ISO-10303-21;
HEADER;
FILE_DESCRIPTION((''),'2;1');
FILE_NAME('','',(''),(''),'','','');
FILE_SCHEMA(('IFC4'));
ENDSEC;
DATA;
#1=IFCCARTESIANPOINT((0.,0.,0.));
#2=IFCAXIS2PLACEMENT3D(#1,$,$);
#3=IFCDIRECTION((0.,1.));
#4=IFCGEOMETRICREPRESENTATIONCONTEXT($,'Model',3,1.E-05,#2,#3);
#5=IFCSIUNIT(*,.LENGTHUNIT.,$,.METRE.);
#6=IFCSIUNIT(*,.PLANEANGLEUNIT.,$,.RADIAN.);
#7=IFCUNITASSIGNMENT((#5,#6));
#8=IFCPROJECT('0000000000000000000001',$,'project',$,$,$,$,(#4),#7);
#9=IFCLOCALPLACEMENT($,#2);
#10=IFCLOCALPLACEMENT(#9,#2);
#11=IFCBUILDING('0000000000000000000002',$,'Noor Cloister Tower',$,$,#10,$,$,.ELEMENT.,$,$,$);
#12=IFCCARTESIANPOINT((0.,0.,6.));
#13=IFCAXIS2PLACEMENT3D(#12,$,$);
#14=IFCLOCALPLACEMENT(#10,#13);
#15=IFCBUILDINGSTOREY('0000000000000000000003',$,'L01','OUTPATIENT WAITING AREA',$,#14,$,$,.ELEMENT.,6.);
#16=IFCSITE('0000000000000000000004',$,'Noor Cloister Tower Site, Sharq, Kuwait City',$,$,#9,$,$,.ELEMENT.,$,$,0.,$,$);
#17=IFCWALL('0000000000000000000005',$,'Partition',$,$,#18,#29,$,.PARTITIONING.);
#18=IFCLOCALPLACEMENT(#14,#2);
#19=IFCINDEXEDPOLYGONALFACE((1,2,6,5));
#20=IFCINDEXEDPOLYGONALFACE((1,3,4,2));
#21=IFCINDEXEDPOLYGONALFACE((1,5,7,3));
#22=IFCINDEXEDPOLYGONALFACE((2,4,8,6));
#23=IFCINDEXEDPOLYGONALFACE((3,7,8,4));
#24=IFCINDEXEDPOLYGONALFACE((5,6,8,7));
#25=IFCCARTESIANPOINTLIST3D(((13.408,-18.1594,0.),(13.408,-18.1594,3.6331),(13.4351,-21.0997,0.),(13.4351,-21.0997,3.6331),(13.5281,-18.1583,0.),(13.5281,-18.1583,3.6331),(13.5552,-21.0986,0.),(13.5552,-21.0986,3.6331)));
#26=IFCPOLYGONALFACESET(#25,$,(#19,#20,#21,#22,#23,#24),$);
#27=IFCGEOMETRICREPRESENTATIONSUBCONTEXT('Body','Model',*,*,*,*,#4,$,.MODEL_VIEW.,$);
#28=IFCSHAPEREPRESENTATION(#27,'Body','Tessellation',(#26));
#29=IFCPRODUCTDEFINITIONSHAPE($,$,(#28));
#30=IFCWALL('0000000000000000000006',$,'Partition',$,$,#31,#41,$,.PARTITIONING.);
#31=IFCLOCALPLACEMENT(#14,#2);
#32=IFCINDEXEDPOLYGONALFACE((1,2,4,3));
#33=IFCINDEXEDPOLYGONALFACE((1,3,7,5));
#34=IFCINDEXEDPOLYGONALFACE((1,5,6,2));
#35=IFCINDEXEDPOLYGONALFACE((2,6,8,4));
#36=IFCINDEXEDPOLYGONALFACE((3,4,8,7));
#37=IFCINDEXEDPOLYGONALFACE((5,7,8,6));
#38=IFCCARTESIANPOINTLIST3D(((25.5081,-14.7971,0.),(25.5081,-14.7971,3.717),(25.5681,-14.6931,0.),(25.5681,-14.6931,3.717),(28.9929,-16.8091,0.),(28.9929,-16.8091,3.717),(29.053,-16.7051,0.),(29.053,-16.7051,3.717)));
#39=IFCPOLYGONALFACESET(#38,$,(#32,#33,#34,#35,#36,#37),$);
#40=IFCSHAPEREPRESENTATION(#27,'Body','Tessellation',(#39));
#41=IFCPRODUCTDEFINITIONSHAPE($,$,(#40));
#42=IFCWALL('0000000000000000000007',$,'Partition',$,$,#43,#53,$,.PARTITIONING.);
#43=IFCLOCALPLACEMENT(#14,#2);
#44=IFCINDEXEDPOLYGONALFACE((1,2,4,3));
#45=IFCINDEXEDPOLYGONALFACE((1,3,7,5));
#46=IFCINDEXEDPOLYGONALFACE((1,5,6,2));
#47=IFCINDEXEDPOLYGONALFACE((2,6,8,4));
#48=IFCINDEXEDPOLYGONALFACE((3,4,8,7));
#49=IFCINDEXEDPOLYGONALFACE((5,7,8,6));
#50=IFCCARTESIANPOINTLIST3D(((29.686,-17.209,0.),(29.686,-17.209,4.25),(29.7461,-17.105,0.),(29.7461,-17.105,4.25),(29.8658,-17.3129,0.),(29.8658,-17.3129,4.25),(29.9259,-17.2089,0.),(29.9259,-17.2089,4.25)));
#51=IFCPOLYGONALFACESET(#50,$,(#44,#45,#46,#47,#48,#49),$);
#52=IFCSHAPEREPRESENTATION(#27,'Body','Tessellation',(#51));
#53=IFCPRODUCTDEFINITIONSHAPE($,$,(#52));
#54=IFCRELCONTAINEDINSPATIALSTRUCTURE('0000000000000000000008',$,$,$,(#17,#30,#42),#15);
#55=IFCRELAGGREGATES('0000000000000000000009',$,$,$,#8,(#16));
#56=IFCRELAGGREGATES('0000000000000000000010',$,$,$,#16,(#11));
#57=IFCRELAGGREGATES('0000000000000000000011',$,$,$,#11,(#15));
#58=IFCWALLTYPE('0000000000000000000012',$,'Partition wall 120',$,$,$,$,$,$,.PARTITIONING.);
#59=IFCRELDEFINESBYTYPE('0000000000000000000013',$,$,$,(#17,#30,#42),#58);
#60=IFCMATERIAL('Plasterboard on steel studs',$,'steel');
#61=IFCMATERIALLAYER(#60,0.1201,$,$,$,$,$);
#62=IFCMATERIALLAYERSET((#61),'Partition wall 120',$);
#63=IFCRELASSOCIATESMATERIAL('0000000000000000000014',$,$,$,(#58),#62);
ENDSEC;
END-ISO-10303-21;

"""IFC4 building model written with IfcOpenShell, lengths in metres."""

from ifc_helpers import new_model, si_unit, direction, frame, frame_2d, origin, place, context, subcontext, project, spatial, rectangle, extrude, material, layer, layer_set, type_object, element, save


model = new_model("IFC4")

# Units and contexts
model_context = context("Model", 3, precision=1e-05, world=origin(), true_north=direction((0.0, 1.0)))
body_context = subcontext(model_context, "Body", "Model", "MODEL_VIEW")
ifc_project = project(units=[si_unit("LENGTHUNIT", "METRE"), si_unit("PLANEANGLEUNIT", "RADIAN")], contexts=[model_context])

# Site, building, storey
site_placement = place(None, origin())
site = spatial("IfcSite", under=ifc_project, at=site_placement, Name="Noor Cloister Tower Site, Sharq, Kuwait City", CompositionType="ELEMENT", RefElevation=0.0)
building_placement = place(site_placement, origin())
building = spatial("IfcBuilding", under=site, at=building_placement, Name="Noor Cloister Tower", CompositionType="ELEMENT")
storey_placement = place(building_placement, frame((0.0, 0.0, 6.0)))
storey = spatial("IfcBuildingStorey", under=building, at=storey_placement, Name="L01", Description="OUTPATIENT WAITING AREA", CompositionType="ELEMENT", Elevation=6.0)

# Walls
ifc_material_1 = material(Name="Plasterboard on steel studs", Category="steel")
ifc_layer_1 = layer(ifc_material_1, 0.1201)
ifc_layer_set_1 = layer_set([ifc_layer_1], Name="Partition wall 120")
wall_type_1 = type_object("IfcWallType", Name="Partition wall 120", PredefinedType="PARTITIONING", material=ifc_layer_set_1)
wall_1_placement = place(storey_placement, frame((13.4951, -21.0991, 0.0), z_axis=(0.0, 0.0, 1.0), x_axis=(-0.009217, 0.999958, 0.0)))
element("IfcWall", 1, at=wall_1_placement, inside=storey, type_object=wall_type_1, Name="Partition", PredefinedType="PARTITIONING", context=body_context, shape_type="SweptSolid", body=[
    extrude(rectangle(XDim=2.9404, YDim=0.1201, at=frame_2d((1.4702, 0.0))), origin(), (0.0, 0.0, 1.0), 3.6331),
])
wall_2_placement = place(storey_placement, frame((29.0229, -16.7571, 0.0), z_axis=(0.0, 0.0, 1.0), x_axis=(-0.866028, 0.499996, 0.0)))
element("IfcWall", 2, at=wall_2_placement, inside=storey, type_object=wall_type_1, Name="Partition", PredefinedType="PARTITIONING", context=body_context, shape_type="SweptSolid", body=[
    extrude(rectangle(XDim=4.0239, YDim=0.1201, at=frame_2d((2.012, 0.0))), origin(), (0.0, 0.0, 1.0), 3.717),
])
wall_3_placement = place(storey_placement, frame((29.896, -17.261, 0.0), z_axis=(0.0, 0.0, 1.0), x_axis=(-0.865775, 0.500434, 0.0)))
element("IfcWall", 3, at=wall_3_placement, inside=storey, type_object=wall_type_1, Name="Partition", PredefinedType="PARTITIONING", context=body_context, shape_type="SweptSolid", body=[
    extrude(rectangle(XDim=0.2078, YDim=0.1201, at=frame_2d((0.104, 0.0))), origin(), (0.0, 0.0, 1.0), 4.25),
])

save(model, "model.ifc")
